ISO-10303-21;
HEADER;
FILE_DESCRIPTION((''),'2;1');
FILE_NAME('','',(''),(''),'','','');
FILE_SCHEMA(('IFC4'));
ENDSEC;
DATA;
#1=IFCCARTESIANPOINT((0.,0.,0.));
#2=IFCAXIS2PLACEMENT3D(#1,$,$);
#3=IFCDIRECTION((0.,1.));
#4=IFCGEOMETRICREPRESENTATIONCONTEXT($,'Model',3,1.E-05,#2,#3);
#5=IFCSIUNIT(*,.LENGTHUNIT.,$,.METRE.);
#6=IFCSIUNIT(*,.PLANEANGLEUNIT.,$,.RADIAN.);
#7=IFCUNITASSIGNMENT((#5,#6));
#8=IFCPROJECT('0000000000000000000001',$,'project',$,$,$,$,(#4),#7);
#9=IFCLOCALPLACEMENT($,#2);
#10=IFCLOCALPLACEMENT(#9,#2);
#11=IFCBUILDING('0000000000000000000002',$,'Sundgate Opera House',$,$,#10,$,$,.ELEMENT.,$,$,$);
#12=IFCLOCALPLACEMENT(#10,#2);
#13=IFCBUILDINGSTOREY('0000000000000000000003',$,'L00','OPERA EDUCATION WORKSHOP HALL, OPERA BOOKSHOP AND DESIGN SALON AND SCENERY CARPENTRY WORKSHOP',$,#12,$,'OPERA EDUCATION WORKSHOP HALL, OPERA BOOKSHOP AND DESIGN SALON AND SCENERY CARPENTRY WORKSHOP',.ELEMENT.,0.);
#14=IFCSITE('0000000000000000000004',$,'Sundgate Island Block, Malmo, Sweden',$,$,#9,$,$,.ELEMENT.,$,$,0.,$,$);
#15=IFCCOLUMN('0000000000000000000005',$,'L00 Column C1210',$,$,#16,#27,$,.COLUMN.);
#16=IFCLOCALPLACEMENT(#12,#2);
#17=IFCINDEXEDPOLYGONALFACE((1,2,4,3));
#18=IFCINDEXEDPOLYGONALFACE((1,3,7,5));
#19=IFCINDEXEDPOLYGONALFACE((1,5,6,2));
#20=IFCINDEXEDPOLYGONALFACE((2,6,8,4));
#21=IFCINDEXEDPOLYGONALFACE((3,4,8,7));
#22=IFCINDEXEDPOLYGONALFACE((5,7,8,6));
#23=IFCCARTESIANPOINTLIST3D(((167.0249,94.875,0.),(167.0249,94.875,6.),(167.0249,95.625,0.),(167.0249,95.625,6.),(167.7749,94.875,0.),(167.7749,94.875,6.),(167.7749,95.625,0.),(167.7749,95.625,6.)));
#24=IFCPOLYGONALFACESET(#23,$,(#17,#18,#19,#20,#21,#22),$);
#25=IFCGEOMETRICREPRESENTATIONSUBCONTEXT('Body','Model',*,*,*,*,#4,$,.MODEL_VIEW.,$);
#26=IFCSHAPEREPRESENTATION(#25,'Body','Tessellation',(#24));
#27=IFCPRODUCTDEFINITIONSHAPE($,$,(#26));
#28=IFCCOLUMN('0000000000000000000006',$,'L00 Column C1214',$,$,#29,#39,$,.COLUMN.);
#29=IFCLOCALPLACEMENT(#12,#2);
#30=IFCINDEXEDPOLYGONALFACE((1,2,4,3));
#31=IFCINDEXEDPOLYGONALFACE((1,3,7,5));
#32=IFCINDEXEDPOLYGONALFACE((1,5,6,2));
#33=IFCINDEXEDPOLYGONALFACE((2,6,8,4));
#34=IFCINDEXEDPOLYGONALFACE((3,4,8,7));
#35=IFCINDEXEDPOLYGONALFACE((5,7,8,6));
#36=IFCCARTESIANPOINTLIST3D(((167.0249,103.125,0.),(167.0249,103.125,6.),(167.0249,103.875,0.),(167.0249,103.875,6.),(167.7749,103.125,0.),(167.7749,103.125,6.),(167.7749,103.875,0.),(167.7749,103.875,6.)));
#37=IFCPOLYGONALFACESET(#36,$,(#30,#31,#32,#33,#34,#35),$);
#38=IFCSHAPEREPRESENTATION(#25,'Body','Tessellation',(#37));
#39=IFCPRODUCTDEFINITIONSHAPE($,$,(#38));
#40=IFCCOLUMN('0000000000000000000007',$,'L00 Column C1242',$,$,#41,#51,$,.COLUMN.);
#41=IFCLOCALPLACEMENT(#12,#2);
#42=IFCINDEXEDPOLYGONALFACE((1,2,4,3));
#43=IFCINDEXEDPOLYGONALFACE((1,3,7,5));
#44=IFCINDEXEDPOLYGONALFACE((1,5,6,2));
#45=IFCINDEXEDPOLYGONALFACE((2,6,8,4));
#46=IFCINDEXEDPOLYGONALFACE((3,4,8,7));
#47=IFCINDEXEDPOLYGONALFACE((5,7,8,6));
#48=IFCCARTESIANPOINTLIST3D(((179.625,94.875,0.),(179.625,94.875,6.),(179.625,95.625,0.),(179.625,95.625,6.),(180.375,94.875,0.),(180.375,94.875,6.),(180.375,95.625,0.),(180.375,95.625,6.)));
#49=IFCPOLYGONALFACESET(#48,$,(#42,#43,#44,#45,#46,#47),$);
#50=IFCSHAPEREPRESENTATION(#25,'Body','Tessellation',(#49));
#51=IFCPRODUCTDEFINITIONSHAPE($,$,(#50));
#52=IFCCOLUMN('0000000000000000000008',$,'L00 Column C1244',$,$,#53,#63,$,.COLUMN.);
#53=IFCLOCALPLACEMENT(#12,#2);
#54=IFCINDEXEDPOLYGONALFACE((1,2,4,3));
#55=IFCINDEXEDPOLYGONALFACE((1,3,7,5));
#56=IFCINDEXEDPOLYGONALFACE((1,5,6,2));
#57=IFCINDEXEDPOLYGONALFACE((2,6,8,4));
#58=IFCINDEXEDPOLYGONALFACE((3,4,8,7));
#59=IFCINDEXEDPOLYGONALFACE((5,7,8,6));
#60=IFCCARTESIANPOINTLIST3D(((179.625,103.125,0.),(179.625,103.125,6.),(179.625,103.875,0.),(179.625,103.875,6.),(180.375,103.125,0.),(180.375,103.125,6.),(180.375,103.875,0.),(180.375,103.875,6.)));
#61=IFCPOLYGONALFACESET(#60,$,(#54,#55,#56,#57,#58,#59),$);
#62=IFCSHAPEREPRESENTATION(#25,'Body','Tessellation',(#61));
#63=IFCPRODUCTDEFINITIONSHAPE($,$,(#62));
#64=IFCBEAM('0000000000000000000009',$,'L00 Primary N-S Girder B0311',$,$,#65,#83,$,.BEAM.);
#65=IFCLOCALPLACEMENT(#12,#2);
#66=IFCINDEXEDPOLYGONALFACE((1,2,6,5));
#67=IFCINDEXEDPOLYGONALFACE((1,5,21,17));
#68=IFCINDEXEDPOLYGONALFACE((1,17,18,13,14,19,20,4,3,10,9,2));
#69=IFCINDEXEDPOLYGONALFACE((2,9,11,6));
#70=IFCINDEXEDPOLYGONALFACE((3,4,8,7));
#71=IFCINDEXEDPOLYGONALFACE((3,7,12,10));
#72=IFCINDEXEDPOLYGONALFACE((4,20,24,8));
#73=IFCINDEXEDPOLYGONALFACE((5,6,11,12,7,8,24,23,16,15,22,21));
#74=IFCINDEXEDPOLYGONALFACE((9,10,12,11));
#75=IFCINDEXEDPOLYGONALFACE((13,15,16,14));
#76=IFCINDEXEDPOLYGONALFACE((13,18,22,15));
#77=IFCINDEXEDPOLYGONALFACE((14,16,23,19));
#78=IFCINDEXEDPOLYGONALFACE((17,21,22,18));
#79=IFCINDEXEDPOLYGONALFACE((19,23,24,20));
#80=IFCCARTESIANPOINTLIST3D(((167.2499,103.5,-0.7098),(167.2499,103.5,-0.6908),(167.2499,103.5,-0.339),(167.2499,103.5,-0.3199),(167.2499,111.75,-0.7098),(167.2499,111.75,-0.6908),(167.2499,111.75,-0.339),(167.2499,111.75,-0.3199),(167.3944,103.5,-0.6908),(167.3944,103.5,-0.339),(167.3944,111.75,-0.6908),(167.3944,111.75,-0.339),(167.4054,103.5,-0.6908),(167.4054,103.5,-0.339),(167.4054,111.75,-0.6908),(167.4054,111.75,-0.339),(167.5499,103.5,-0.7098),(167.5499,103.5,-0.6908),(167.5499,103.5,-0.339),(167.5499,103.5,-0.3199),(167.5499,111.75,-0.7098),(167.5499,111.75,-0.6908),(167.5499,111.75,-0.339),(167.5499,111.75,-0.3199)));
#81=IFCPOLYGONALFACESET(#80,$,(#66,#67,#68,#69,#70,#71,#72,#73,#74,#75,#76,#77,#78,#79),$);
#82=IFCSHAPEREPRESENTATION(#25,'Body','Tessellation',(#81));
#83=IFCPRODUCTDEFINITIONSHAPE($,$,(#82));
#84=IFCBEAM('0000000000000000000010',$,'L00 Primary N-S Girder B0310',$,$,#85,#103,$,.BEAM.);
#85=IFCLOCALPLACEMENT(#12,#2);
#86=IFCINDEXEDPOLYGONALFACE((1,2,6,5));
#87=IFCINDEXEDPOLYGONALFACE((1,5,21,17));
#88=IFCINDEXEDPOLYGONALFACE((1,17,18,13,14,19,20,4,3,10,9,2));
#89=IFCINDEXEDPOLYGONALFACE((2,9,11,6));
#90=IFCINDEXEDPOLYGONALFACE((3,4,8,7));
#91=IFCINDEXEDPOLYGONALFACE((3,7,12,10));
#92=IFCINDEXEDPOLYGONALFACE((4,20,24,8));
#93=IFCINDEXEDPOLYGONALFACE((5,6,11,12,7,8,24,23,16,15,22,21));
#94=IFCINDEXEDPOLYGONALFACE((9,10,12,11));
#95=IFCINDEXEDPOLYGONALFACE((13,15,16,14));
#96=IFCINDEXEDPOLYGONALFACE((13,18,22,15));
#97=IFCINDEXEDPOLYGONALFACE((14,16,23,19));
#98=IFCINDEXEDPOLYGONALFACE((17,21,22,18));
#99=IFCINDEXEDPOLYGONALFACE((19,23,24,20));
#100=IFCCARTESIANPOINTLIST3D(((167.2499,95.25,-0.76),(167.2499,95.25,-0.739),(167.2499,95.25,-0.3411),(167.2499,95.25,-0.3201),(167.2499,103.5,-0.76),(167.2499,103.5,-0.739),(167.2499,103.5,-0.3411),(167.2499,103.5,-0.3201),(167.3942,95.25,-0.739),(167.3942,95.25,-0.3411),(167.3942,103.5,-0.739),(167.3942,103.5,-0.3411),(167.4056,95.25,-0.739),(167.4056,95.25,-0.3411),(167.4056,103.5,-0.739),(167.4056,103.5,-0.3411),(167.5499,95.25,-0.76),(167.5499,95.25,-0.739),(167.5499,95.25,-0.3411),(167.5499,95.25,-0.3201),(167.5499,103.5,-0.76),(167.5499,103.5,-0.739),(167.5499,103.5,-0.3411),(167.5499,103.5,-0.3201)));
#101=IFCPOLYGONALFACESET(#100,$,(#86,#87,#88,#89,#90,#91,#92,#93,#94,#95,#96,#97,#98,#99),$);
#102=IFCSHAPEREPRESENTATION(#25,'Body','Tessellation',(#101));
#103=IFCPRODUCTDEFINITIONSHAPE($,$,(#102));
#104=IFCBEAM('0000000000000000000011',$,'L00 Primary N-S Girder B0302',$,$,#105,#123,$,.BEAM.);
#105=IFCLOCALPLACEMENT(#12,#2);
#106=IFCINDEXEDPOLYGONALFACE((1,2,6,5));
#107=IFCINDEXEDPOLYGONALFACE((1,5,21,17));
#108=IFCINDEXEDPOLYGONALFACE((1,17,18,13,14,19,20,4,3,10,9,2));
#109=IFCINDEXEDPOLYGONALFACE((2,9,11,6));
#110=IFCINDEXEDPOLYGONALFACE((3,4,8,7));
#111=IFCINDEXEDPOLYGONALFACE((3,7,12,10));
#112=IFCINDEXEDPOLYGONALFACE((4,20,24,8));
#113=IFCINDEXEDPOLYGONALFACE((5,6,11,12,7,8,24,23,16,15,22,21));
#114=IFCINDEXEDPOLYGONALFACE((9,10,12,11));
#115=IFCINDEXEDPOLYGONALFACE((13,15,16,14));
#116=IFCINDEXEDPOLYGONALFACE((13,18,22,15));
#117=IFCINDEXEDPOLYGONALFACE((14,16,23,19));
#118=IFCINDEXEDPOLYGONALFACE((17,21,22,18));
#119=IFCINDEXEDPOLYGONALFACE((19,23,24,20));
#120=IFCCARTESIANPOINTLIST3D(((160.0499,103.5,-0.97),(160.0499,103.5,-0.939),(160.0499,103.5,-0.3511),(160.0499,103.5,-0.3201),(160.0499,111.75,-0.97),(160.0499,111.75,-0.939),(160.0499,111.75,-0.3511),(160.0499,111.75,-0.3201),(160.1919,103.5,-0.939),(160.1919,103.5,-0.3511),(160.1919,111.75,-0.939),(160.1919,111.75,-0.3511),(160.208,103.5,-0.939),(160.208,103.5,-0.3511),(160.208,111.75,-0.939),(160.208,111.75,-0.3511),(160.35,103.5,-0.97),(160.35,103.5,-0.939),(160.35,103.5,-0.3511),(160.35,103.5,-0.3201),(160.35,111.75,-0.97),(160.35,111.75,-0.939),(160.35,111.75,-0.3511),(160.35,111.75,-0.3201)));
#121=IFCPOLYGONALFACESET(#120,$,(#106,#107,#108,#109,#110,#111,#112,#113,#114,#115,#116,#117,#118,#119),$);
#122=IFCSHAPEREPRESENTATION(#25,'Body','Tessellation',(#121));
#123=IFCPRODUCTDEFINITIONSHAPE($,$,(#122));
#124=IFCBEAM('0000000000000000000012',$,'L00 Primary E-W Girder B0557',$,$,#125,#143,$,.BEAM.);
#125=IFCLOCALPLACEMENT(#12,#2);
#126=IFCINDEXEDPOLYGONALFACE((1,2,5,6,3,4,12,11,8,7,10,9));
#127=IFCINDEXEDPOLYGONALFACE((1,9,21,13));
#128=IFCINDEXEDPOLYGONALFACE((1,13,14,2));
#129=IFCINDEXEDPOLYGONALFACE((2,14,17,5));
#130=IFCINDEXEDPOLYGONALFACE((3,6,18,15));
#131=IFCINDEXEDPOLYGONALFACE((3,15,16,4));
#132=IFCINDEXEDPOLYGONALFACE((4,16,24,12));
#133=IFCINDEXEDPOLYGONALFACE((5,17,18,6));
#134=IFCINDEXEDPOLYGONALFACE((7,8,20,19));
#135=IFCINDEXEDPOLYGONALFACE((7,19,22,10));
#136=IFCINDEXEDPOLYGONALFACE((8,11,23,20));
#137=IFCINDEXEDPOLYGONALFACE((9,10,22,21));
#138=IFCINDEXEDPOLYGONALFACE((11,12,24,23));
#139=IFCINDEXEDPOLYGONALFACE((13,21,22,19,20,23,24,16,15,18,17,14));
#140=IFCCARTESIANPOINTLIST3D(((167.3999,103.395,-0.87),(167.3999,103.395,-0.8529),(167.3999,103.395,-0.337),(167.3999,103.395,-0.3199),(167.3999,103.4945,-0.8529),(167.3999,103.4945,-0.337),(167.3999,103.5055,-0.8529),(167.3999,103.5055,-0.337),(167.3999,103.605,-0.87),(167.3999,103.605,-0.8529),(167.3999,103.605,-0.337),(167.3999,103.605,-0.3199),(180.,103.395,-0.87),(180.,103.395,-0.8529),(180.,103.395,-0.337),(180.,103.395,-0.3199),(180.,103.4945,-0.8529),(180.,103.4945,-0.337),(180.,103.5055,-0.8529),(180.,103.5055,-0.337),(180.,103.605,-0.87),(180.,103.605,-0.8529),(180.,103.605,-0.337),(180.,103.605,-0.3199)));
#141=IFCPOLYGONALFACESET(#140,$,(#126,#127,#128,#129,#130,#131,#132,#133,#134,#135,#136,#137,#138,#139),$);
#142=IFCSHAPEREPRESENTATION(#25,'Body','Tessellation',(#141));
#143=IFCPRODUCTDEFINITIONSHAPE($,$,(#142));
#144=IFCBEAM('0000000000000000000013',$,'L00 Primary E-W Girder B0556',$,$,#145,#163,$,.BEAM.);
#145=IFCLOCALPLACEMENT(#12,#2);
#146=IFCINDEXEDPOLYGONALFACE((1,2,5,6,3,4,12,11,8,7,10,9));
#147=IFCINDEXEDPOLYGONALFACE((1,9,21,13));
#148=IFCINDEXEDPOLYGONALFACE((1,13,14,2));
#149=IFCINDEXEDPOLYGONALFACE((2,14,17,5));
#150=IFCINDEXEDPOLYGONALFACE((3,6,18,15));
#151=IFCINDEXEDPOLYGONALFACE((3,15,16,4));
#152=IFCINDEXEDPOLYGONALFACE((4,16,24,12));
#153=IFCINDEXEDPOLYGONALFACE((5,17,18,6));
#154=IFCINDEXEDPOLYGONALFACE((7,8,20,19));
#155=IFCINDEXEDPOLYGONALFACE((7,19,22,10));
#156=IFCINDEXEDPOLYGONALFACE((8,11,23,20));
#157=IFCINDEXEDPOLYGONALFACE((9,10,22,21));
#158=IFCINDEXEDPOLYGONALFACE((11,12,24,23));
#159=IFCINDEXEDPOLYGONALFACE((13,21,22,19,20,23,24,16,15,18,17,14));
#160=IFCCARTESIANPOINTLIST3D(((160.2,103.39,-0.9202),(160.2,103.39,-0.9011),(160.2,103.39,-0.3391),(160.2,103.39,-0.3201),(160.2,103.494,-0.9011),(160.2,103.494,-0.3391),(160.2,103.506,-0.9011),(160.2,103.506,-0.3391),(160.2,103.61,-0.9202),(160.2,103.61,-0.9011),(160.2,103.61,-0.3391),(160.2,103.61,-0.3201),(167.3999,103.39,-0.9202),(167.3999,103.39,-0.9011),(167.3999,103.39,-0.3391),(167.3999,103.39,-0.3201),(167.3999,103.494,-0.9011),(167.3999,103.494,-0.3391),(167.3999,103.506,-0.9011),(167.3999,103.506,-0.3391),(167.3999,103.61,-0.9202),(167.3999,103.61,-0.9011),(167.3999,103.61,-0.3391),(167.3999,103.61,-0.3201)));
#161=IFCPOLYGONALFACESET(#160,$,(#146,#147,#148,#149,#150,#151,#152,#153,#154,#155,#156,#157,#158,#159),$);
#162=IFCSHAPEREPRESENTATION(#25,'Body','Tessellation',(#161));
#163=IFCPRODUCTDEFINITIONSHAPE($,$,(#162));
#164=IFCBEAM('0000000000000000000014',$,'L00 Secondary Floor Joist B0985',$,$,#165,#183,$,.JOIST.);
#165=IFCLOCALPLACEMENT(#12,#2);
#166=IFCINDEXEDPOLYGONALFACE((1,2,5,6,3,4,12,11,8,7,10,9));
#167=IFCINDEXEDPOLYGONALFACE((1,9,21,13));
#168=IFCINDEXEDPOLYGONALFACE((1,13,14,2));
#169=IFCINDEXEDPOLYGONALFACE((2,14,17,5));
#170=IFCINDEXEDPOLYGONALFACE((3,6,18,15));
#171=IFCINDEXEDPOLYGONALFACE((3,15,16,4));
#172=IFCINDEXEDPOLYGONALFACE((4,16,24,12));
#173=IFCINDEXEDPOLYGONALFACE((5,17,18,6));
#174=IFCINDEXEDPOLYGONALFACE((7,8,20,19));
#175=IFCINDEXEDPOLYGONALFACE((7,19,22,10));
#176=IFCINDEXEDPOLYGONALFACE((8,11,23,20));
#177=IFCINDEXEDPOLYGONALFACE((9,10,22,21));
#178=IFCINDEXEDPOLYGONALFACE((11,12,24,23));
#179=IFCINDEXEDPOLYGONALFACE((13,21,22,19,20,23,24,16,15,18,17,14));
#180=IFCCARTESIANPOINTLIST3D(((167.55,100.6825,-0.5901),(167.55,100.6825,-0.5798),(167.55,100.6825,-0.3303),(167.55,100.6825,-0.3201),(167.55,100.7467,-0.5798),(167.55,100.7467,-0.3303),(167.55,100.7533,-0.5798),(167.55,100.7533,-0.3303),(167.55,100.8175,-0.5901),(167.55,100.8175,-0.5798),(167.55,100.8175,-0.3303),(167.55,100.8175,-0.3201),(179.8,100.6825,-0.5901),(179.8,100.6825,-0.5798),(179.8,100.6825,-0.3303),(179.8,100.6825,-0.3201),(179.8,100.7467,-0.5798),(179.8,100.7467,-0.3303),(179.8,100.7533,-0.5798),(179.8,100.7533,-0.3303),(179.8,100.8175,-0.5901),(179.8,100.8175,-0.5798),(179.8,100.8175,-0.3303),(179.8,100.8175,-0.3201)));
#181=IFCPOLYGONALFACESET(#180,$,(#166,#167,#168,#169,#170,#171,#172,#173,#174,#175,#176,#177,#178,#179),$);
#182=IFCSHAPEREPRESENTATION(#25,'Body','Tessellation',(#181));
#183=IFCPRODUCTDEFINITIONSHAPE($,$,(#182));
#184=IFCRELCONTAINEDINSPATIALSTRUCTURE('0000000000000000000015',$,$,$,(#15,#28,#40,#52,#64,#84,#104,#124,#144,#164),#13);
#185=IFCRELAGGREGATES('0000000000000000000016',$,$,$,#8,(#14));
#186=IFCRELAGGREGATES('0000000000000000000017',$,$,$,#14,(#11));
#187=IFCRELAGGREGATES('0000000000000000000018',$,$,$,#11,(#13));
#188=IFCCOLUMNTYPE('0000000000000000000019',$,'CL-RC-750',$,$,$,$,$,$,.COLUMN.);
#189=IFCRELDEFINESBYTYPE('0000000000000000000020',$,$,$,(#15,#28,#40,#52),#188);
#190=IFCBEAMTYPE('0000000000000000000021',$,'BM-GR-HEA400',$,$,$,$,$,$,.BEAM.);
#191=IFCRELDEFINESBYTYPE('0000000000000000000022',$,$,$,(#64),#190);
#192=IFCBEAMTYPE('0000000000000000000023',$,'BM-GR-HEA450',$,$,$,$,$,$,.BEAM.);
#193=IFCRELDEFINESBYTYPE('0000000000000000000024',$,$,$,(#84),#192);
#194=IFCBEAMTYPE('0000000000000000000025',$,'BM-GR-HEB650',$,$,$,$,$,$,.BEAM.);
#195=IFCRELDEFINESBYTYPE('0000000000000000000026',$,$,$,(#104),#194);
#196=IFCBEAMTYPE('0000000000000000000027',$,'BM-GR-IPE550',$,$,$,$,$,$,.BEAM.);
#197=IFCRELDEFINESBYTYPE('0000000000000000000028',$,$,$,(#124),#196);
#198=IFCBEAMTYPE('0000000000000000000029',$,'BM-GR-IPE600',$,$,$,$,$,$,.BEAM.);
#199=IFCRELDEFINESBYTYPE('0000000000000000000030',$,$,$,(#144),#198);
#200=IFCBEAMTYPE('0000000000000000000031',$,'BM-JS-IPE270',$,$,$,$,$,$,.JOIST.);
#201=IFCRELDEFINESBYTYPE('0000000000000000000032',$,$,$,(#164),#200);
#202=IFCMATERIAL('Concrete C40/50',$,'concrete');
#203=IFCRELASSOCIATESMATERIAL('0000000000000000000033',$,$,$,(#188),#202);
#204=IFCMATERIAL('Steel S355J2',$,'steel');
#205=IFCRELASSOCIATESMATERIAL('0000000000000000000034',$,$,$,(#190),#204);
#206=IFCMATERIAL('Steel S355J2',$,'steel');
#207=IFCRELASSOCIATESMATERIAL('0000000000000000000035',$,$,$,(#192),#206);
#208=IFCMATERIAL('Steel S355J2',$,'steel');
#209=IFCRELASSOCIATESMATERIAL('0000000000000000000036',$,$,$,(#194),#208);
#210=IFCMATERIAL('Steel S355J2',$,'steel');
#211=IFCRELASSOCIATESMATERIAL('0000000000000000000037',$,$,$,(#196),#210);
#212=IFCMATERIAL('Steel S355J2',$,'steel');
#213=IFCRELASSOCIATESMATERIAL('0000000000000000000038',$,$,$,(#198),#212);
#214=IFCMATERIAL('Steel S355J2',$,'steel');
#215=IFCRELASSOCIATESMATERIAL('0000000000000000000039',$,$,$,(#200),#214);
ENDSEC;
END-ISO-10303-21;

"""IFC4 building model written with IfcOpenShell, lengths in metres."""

from ifc_helpers import new_model, si_unit, direction, frame, origin, origin_2d, place, context, subcontext, project, spatial, rectangle, i_section, extrude, material, material_profile, profile_set, type_object, element, save


model = new_model("IFC4")

# Units and contexts
model_context = context("Model", 3, precision=1e-05, world=origin(), true_north=direction((0.0, 1.0)))
body_context = subcontext(model_context, "Body", "Model", "MODEL_VIEW")
ifc_project = project(units=[si_unit("LENGTHUNIT", "METRE"), si_unit("PLANEANGLEUNIT", "RADIAN")], contexts=[model_context])

# Site, building, storey
site_placement = place(None, origin())
site = spatial("IfcSite", under=ifc_project, at=site_placement, Name="Sundgate Island Block, Malmo, Sweden", CompositionType="ELEMENT", RefElevation=0.0)
building_placement = place(site_placement, origin())
building = spatial("IfcBuilding", under=site, at=building_placement, Name="Sundgate Opera House", CompositionType="ELEMENT")
storey_placement = place(building_placement, origin())
storey = spatial("IfcBuildingStorey", under=building, at=storey_placement, Name="L00", Description="OPERA EDUCATION WORKSHOP HALL, OPERA BOOKSHOP AND DESIGN SALON AND SCENERY CARPENTRY WORKSHOP", LongName="OPERA EDUCATION WORKSHOP HALL, OPERA BOOKSHOP AND DESIGN SALON AND SCENERY CARPENTRY WORKSHOP", CompositionType="ELEMENT", Elevation=0.0)

# Columns
ifc_material_1 = material(Name="Concrete C40/50", Category="concrete")
ifc_material_profile_1 = material_profile(ifc_material_1, rectangle(XDim=0.75, YDim=0.75, at=origin_2d()), Name="RC 750x750")
ifc_profile_set_1 = profile_set([ifc_material_profile_1], Name="Concrete C40/50")
column_type = type_object("IfcColumnType", Name="CL-RC-750", PredefinedType="COLUMN", material=ifc_profile_set_1)
for number, where, z_axis, x_axis, name in (
    (1, (167.3999, 95.25, 0.0), (0.0, 0.0, 1.0), (1.0, 0.0, 0.0), "L00 Column C1210"),
    (2, (167.3999, 103.5, 0.0), (0.0, 0.0, 1.0), (1.0, 0.0, 0.0), "L00 Column C1214"),
    (3, (180.0, 95.25, 0.0), (0.0, 0.0, 1.0), (1.0, 0.0, 0.0), "L00 Column C1242"),
    (4, (180.0, 103.5, 0.0), (0.0, 0.0, 1.0), (1.0, 0.0, 0.0), "L00 Column C1244"),
):
    element("IfcColumn", number, at=place(storey_placement, frame(where, z_axis=z_axis, x_axis=x_axis)), inside=storey, type_object=column_type, Name=name, PredefinedType="COLUMN", context=body_context, shape_type="SweptSolid", body=[
        extrude(rectangle(XDim=0.75, YDim=0.75, at=origin_2d()), origin(), (0.0, 0.0, 1.0), 6.0),
    ])

# Beams
ifc_material_2 = material(Name="Steel S355J2", Category="steel")
ifc_material_profile_2 = material_profile(ifc_material_2, i_section(OverallWidth=0.3, OverallDepth=0.3899, WebThickness=0.011, FlangeThickness=0.019, at=origin_2d()), Name="HEA 400")
ifc_profile_set_2 = profile_set([ifc_material_profile_2], Name="Steel S355J2")
beam_type_1 = type_object("IfcBeamType", Name="BM-GR-HEA400", PredefinedType="BEAM", material=ifc_profile_set_2)
beam_1_placement = place(storey_placement, frame((167.3999, 103.5, -0.5149), z_axis=(0.0, 1.0, 0.0), x_axis=(-1.0, 0.0, 0.0)))
element("IfcBeam", 5, at=beam_1_placement, inside=storey, type_object=beam_type_1, Name="L00 Primary N-S Girder B0311", PredefinedType="BEAM", context=body_context, shape_type="SweptSolid", body=[
    extrude(i_section(OverallWidth=0.3, OverallDepth=0.3899, WebThickness=0.011, FlangeThickness=0.019, at=origin_2d()), origin(), (0.0, 0.0, 1.0), 8.25),
])
ifc_material_3 = material(Name="Steel S355J2", Category="steel")
ifc_material_profile_3 = material_profile(ifc_material_3, i_section(OverallWidth=0.3, OverallDepth=0.4399, WebThickness=0.0115, FlangeThickness=0.021, at=origin_2d()), Name="HEA 450")
ifc_profile_set_3 = profile_set([ifc_material_profile_3], Name="Steel S355J2")
beam_type_2 = type_object("IfcBeamType", Name="BM-GR-HEA450", PredefinedType="BEAM", material=ifc_profile_set_3)
beam_2_placement = place(storey_placement, frame((167.3999, 95.25, -0.54), z_axis=(0.0, 1.0, 0.0), x_axis=(-1.0, 0.0, 0.0)))
element("IfcBeam", 6, at=beam_2_placement, inside=storey, type_object=beam_type_2, Name="L00 Primary N-S Girder B0310", PredefinedType="BEAM", context=body_context, shape_type="SweptSolid", body=[
    extrude(i_section(OverallWidth=0.3, OverallDepth=0.4399, WebThickness=0.0115, FlangeThickness=0.021, at=origin_2d()), origin(), (0.0, 0.0, 1.0), 8.25),
])
ifc_material_4 = material(Name="Steel S355J2", Category="steel")
ifc_material_profile_4 = material_profile(ifc_material_4, i_section(OverallWidth=0.3, OverallDepth=0.6499, WebThickness=0.0161, FlangeThickness=0.031, at=origin_2d()), Name="HEB 650")
ifc_profile_set_4 = profile_set([ifc_material_profile_4], Name="Steel S355J2")
beam_type_3 = type_object("IfcBeamType", Name="BM-GR-HEB650", PredefinedType="BEAM", material=ifc_profile_set_4)
beam_3_placement = place(storey_placement, frame((160.2, 103.5, -0.645), z_axis=(0.0, 1.0, 0.0), x_axis=(-1.0, 0.0, 0.0)))
element("IfcBeam", 7, at=beam_3_placement, inside=storey, type_object=beam_type_3, Name="L00 Primary N-S Girder B0302", PredefinedType="BEAM", context=body_context, shape_type="SweptSolid", body=[
    extrude(i_section(OverallWidth=0.3, OverallDepth=0.6499, WebThickness=0.0161, FlangeThickness=0.031, at=origin_2d()), origin(), (0.0, 0.0, 1.0), 8.25),
])
ifc_material_5 = material(Name="Steel S355J2", Category="steel")
ifc_material_profile_5 = material_profile(ifc_material_5, i_section(OverallWidth=0.21, OverallDepth=0.55, WebThickness=0.011, FlangeThickness=0.0171, at=origin_2d()), Name="IPE 550")
ifc_profile_set_5 = profile_set([ifc_material_profile_5], Name="Steel S355J2")
beam_type_4 = type_object("IfcBeamType", Name="BM-GR-IPE550", PredefinedType="BEAM", material=ifc_profile_set_5)
beam_4_placement = place(storey_placement, frame((167.3999, 103.5, -0.595), z_axis=(1.0, 0.0, 0.0), x_axis=(0.0, 1.0, 0.0)))
element("IfcBeam", 8, at=beam_4_placement, inside=storey, type_object=beam_type_4, Name="L00 Primary E-W Girder B0557", PredefinedType="BEAM", context=body_context, shape_type="SweptSolid", body=[
    extrude(i_section(OverallWidth=0.21, OverallDepth=0.55, WebThickness=0.011, FlangeThickness=0.0171, at=origin_2d()), origin(), (0.0, 0.0, 1.0), 12.6001),
])
ifc_material_6 = material(Name="Steel S355J2", Category="steel")
ifc_material_profile_6 = material_profile(ifc_material_6, i_section(OverallWidth=0.22, OverallDepth=0.6001, WebThickness=0.012, FlangeThickness=0.019, at=origin_2d()), Name="IPE 600")
ifc_profile_set_6 = profile_set([ifc_material_profile_6], Name="Steel S355J2")
beam_type_5 = type_object("IfcBeamType", Name="BM-GR-IPE600", PredefinedType="BEAM", material=ifc_profile_set_6)
beam_5_placement = place(storey_placement, frame((160.2, 103.5, -0.6201), z_axis=(1.0, 0.0, 0.0), x_axis=(0.0, 1.0, 0.0)))
element("IfcBeam", 9, at=beam_5_placement, inside=storey, type_object=beam_type_5, Name="L00 Primary E-W Girder B0556", PredefinedType="BEAM", context=body_context, shape_type="SweptSolid", body=[
    extrude(i_section(OverallWidth=0.22, OverallDepth=0.6001, WebThickness=0.012, FlangeThickness=0.019, at=origin_2d()), origin(), (0.0, 0.0, 1.0), 7.2),
])
ifc_material_7 = material(Name="Steel S355J2", Category="steel")
ifc_material_profile_7 = material_profile(ifc_material_7, i_section(OverallWidth=0.135, OverallDepth=0.27, WebThickness=0.0066, FlangeThickness=0.0103, at=origin_2d()), Name="IPE 270")
ifc_profile_set_7 = profile_set([ifc_material_profile_7], Name="Steel S355J2")
beam_type_6 = type_object("IfcBeamType", Name="BM-JS-IPE270", PredefinedType="JOIST", material=ifc_profile_set_7)
beam_6_placement = place(storey_placement, frame((167.55, 100.75, -0.4551), z_axis=(1.0, 0.0, 0.0), x_axis=(0.0, 1.0, 0.0)))
element("IfcBeam", 10, at=beam_6_placement, inside=storey, type_object=beam_type_6, Name="L00 Secondary Floor Joist B0985", PredefinedType="JOIST", context=body_context, shape_type="SweptSolid", body=[
    extrude(i_section(OverallWidth=0.135, OverallDepth=0.27, WebThickness=0.0066, FlangeThickness=0.0103, at=origin_2d()), origin(), (0.0, 0.0, 1.0), 12.25),
])

save(model, "model.ifc")
